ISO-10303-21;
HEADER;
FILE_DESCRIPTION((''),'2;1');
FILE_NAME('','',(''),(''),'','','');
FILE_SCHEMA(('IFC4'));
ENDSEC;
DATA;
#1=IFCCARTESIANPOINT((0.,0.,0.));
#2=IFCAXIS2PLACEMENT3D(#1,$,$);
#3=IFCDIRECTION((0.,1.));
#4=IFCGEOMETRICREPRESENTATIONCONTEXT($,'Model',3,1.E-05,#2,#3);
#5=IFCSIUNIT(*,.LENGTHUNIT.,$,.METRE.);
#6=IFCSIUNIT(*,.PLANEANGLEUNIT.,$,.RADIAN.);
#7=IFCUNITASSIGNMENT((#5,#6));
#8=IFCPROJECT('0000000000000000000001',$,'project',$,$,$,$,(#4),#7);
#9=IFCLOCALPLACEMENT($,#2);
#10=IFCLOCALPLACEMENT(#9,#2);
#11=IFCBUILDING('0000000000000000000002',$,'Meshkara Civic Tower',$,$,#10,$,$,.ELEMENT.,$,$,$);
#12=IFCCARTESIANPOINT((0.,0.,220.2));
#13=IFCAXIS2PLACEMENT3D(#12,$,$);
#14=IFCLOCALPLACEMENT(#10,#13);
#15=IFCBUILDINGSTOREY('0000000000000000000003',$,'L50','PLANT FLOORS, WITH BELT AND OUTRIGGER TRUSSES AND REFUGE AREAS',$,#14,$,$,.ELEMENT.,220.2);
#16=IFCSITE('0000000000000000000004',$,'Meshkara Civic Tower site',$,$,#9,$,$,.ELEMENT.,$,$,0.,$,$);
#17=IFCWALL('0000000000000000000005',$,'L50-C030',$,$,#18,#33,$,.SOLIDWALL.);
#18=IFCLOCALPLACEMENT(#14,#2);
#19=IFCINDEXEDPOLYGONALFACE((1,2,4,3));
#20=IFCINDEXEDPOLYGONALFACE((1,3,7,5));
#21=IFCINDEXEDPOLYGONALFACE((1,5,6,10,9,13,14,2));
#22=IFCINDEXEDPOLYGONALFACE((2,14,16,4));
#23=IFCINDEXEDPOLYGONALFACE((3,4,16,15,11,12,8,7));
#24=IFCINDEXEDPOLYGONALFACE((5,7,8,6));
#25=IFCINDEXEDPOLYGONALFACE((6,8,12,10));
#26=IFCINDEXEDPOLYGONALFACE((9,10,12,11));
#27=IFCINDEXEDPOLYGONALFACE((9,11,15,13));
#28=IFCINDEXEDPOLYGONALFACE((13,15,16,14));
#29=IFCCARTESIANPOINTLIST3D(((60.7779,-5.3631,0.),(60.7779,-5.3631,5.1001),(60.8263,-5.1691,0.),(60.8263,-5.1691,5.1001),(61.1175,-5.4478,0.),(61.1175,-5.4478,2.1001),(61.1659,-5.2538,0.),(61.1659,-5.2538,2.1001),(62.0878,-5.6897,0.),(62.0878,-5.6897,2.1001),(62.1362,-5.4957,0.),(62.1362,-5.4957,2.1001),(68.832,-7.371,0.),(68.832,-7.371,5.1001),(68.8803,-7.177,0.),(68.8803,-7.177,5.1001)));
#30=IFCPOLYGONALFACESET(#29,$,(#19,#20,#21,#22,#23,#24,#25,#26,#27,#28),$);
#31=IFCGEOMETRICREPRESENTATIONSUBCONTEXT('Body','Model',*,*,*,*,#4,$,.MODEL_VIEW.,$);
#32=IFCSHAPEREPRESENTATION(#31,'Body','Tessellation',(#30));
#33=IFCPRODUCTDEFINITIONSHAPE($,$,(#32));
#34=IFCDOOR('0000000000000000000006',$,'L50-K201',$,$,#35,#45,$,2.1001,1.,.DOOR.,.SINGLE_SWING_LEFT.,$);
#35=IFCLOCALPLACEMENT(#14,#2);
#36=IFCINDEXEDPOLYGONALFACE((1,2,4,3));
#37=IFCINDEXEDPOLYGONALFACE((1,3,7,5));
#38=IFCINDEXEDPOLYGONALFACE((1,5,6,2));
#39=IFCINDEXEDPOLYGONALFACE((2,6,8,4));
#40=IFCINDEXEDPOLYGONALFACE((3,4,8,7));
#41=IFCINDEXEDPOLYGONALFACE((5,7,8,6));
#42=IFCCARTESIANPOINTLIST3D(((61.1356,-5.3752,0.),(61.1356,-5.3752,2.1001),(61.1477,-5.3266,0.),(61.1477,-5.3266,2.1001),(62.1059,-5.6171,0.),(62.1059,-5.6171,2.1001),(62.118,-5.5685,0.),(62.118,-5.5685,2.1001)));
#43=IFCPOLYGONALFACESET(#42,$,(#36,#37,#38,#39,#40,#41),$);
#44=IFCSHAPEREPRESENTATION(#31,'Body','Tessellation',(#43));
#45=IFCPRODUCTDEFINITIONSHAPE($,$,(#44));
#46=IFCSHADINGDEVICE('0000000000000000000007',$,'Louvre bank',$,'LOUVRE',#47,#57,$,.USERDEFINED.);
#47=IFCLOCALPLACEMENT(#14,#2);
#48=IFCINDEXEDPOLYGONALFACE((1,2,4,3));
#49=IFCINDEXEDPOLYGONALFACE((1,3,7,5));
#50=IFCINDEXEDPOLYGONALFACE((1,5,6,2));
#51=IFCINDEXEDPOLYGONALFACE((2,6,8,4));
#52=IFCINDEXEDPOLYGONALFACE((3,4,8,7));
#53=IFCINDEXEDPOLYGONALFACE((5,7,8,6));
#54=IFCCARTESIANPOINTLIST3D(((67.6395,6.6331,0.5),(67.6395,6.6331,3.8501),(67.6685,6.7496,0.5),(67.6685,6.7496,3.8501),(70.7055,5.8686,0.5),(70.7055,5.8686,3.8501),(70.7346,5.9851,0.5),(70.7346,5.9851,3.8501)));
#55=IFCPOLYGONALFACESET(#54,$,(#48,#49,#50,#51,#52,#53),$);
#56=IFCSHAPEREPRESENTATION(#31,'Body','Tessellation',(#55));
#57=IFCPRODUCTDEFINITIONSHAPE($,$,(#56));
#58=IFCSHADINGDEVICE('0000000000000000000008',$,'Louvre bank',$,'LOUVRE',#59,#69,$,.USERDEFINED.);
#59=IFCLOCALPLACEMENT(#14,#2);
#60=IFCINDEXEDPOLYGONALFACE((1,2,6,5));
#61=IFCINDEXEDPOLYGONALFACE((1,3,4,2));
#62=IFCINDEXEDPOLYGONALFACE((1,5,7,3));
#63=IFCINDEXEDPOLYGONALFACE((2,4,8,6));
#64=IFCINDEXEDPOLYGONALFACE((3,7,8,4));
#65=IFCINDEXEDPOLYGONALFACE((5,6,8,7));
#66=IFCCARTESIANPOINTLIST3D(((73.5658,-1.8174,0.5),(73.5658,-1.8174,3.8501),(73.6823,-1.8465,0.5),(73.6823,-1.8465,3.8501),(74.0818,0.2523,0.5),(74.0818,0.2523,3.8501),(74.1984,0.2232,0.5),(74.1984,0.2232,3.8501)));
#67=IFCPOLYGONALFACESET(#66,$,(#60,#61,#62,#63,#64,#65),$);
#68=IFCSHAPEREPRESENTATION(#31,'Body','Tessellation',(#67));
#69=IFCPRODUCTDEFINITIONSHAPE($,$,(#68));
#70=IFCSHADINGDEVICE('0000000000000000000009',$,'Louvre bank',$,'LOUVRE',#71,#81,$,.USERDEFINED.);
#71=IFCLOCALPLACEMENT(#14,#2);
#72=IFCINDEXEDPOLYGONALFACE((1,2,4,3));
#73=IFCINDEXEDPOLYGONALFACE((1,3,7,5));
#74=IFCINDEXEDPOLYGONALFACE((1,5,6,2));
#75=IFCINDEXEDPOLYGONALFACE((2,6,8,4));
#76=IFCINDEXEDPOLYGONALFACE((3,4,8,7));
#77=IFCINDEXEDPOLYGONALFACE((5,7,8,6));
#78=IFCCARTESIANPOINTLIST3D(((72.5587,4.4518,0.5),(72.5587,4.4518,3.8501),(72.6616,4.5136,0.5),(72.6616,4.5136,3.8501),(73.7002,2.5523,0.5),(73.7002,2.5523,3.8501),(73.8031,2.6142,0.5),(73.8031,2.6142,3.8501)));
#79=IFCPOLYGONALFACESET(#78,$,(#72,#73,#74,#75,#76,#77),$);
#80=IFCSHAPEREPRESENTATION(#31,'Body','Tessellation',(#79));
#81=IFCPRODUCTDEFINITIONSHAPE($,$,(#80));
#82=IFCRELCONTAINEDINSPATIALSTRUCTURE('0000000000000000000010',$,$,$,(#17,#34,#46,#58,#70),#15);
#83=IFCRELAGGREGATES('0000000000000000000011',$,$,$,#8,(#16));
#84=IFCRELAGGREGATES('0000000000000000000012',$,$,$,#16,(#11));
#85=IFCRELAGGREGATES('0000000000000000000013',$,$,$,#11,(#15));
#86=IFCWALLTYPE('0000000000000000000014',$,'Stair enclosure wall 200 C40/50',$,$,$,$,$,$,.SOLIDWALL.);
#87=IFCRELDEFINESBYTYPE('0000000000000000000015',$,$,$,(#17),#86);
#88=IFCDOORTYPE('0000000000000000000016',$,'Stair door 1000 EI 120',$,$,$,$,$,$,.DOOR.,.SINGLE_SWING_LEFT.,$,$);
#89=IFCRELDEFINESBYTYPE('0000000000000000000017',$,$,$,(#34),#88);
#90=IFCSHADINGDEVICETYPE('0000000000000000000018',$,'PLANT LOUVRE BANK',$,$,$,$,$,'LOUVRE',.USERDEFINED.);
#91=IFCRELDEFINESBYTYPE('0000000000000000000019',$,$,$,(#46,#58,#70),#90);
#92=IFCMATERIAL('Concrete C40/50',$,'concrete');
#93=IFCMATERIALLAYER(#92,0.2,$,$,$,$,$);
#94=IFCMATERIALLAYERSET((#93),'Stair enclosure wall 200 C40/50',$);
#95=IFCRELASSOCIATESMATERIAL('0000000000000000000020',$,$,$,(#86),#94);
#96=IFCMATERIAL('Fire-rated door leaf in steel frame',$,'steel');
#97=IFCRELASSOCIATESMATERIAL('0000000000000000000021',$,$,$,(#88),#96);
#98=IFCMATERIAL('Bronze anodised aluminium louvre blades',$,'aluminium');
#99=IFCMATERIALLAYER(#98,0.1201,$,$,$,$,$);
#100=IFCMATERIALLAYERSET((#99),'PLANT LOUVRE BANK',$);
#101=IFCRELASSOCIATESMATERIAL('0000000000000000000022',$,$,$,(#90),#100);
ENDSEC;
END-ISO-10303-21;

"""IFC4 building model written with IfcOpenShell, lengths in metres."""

from ifc_helpers import new_model, si_unit, direction, frame, frame_2d, origin, origin_2d, place, context, subcontext, project, spatial, rectangle, extrude, material, layer, layer_set, type_object, element, fill, save


model = new_model("IFC4")

# Units and contexts
model_context = context("Model", 3, precision=1e-05, world=origin(), true_north=direction((0.0, 1.0)))
body_context = subcontext(model_context, "Body", "Model", "MODEL_VIEW")
ifc_project = project(units=[si_unit("LENGTHUNIT", "METRE"), si_unit("PLANEANGLEUNIT", "RADIAN")], contexts=[model_context])

# Site, building, storey
site_placement = place(None, origin())
site = spatial("IfcSite", under=ifc_project, at=site_placement, Name="Meshkara Civic Tower site", CompositionType="ELEMENT", RefElevation=0.0)
building_placement = place(site_placement, origin())
building = spatial("IfcBuilding", under=site, at=building_placement, Name="Meshkara Civic Tower", CompositionType="ELEMENT")
storey_placement = place(building_placement, frame((0.0, 0.0, 220.2)))
storey = spatial("IfcBuildingStorey", under=building, at=storey_placement, Name="L50", Description="PLANT FLOORS, WITH BELT AND OUTRIGGER TRUSSES AND REFUGE AREAS", CompositionType="ELEMENT", Elevation=220.2)

# Wall, opening, door
ifc_material_1 = material(Name="Concrete C40/50", Category="concrete")
ifc_layer_1 = layer(ifc_material_1, 0.2)
ifc_layer_set_1 = layer_set([ifc_layer_1], Name="Stair enclosure wall 200 C40/50")
wall_type_1 = type_object("IfcWallType", Name="Stair enclosure wall 200 C40/50", PredefinedType="SOLIDWALL", material=ifc_layer_set_1)
wall_1_placement = place(storey_placement, frame((60.802, -5.2661, 0.0), z_axis=(0.0, 0.0, 1.0), x_axis=(0.970303, -0.241892, 0.0)))
wall_1 = element("IfcWall", 1, at=wall_1_placement, inside=storey, type_object=wall_type_1, Name="L50-C030", PredefinedType="SOLIDWALL", context=body_context, shape_type="SweptSolid", body=[
    extrude(rectangle(XDim=8.3005, YDim=0.2, at=frame_2d((4.1504, 0.0))), origin(), (0.0, 0.0, 1.0), 5.1001),
])
opening_placement = place(wall_1_placement, frame((0.3501, 0.0, 0.0)))
opening = element("IfcOpeningElement", 2, at=opening_placement, cuts=wall_1, PredefinedType="OPENING", context=body_context, shape_type="SweptSolid", body=[
    extrude(rectangle(XDim=1.0, YDim=2.1001, at=frame_2d((0.5, 1.05))), frame((0.0, 0.1099, 0.0), z_axis=(0.0, -1.0, 0.0), x_axis=(1.0, 0.0, 0.0)), (0.0, 0.0, 1.0), 0.22),
])
ifc_material_2 = material(Name="Fire-rated door leaf in steel frame", Category="steel")
door_type = type_object("IfcDoorType", Name="Stair door 1000 EI 120", OperationType="SINGLE_SWING_LEFT", PredefinedType="DOOR", material=ifc_material_2)
door_placement = place(opening_placement, origin())
door = element("IfcDoor", 3, at=door_placement, inside=storey, type_object=door_type, Name="L50-K201", OperationType="SINGLE_SWING_LEFT", OverallHeight=2.1001, OverallWidth=1.0, PredefinedType="DOOR", context=body_context, shape_type="SweptSolid", body=[
    extrude(rectangle(XDim=1.0, YDim=2.1001, at=frame_2d((0.5, 1.05))), frame((0.0, 0.0249, 0.0), z_axis=(0.0, -1.0, 0.0), x_axis=(1.0, 0.0, 0.0)), (0.0, 0.0, 1.0), 0.05),
])
fill(opening, door)

# Shading devices
ifc_material_3 = material(Name="Bronze anodised aluminium louvre blades", Category="aluminium")
ifc_layer_2 = layer(ifc_material_3, 0.1201)
ifc_layer_set_2 = layer_set([ifc_layer_2], Name="PLANT LOUVRE BANK")
shading_device_type = type_object("IfcShadingDeviceType", Name="PLANT LOUVRE BANK", ElementType="LOUVRE", PredefinedType="USERDEFINED", material=ifc_layer_set_2)
shading_device_1_placement = place(storey_placement, frame((69.187, 6.3091, 0.5), z_axis=(0.0, 0.0, 1.0), x_axis=(-0.970292, 0.241939, 0.0)))
element("IfcShadingDevice", 4, at=shading_device_1_placement, inside=storey, type_object=shading_device_type, Name="Louvre bank", ObjectType="LOUVRE", PredefinedType="USERDEFINED", context=body_context, shape_type="SweptSolid", body=[
    extrude(rectangle(XDim=3.1599, YDim=0.1201, at=origin_2d()), origin(), (0.0, 0.0, 1.0), 3.3501),
])
shading_device_2_placement = place(storey_placement, frame((73.8821, -0.7971, 0.5), z_axis=(0.0, 0.0, 1.0), x_axis=(0.241922, 0.970296, 0.0)))
element("IfcShadingDevice", 5, at=shading_device_2_placement, inside=storey, type_object=shading_device_type, Name="Louvre bank", ObjectType="LOUVRE", PredefinedType="USERDEFINED", context=body_context, shape_type="SweptSolid", body=[
    extrude(rectangle(XDim=2.1331, YDim=0.1201, at=origin_2d()), origin(), (0.0, 0.0, 1.0), 3.3501),
])
shading_device_3_placement = place(storey_placement, frame((73.1809, 3.533, 0.5), z_axis=(0.0, 0.0, 1.0), x_axis=(-0.515098, 0.857131, 0.0)))
element("IfcShadingDevice", 6, at=shading_device_3_placement, inside=storey, type_object=shading_device_type, Name="Louvre bank", ObjectType="LOUVRE", PredefinedType="USERDEFINED", context=body_context, shape_type="SweptSolid", body=[
    extrude(rectangle(XDim=2.2161, YDim=0.1201, at=origin_2d()), origin(), (0.0, 0.0, 1.0), 3.3501),
])

save(model, "model.ifc")
